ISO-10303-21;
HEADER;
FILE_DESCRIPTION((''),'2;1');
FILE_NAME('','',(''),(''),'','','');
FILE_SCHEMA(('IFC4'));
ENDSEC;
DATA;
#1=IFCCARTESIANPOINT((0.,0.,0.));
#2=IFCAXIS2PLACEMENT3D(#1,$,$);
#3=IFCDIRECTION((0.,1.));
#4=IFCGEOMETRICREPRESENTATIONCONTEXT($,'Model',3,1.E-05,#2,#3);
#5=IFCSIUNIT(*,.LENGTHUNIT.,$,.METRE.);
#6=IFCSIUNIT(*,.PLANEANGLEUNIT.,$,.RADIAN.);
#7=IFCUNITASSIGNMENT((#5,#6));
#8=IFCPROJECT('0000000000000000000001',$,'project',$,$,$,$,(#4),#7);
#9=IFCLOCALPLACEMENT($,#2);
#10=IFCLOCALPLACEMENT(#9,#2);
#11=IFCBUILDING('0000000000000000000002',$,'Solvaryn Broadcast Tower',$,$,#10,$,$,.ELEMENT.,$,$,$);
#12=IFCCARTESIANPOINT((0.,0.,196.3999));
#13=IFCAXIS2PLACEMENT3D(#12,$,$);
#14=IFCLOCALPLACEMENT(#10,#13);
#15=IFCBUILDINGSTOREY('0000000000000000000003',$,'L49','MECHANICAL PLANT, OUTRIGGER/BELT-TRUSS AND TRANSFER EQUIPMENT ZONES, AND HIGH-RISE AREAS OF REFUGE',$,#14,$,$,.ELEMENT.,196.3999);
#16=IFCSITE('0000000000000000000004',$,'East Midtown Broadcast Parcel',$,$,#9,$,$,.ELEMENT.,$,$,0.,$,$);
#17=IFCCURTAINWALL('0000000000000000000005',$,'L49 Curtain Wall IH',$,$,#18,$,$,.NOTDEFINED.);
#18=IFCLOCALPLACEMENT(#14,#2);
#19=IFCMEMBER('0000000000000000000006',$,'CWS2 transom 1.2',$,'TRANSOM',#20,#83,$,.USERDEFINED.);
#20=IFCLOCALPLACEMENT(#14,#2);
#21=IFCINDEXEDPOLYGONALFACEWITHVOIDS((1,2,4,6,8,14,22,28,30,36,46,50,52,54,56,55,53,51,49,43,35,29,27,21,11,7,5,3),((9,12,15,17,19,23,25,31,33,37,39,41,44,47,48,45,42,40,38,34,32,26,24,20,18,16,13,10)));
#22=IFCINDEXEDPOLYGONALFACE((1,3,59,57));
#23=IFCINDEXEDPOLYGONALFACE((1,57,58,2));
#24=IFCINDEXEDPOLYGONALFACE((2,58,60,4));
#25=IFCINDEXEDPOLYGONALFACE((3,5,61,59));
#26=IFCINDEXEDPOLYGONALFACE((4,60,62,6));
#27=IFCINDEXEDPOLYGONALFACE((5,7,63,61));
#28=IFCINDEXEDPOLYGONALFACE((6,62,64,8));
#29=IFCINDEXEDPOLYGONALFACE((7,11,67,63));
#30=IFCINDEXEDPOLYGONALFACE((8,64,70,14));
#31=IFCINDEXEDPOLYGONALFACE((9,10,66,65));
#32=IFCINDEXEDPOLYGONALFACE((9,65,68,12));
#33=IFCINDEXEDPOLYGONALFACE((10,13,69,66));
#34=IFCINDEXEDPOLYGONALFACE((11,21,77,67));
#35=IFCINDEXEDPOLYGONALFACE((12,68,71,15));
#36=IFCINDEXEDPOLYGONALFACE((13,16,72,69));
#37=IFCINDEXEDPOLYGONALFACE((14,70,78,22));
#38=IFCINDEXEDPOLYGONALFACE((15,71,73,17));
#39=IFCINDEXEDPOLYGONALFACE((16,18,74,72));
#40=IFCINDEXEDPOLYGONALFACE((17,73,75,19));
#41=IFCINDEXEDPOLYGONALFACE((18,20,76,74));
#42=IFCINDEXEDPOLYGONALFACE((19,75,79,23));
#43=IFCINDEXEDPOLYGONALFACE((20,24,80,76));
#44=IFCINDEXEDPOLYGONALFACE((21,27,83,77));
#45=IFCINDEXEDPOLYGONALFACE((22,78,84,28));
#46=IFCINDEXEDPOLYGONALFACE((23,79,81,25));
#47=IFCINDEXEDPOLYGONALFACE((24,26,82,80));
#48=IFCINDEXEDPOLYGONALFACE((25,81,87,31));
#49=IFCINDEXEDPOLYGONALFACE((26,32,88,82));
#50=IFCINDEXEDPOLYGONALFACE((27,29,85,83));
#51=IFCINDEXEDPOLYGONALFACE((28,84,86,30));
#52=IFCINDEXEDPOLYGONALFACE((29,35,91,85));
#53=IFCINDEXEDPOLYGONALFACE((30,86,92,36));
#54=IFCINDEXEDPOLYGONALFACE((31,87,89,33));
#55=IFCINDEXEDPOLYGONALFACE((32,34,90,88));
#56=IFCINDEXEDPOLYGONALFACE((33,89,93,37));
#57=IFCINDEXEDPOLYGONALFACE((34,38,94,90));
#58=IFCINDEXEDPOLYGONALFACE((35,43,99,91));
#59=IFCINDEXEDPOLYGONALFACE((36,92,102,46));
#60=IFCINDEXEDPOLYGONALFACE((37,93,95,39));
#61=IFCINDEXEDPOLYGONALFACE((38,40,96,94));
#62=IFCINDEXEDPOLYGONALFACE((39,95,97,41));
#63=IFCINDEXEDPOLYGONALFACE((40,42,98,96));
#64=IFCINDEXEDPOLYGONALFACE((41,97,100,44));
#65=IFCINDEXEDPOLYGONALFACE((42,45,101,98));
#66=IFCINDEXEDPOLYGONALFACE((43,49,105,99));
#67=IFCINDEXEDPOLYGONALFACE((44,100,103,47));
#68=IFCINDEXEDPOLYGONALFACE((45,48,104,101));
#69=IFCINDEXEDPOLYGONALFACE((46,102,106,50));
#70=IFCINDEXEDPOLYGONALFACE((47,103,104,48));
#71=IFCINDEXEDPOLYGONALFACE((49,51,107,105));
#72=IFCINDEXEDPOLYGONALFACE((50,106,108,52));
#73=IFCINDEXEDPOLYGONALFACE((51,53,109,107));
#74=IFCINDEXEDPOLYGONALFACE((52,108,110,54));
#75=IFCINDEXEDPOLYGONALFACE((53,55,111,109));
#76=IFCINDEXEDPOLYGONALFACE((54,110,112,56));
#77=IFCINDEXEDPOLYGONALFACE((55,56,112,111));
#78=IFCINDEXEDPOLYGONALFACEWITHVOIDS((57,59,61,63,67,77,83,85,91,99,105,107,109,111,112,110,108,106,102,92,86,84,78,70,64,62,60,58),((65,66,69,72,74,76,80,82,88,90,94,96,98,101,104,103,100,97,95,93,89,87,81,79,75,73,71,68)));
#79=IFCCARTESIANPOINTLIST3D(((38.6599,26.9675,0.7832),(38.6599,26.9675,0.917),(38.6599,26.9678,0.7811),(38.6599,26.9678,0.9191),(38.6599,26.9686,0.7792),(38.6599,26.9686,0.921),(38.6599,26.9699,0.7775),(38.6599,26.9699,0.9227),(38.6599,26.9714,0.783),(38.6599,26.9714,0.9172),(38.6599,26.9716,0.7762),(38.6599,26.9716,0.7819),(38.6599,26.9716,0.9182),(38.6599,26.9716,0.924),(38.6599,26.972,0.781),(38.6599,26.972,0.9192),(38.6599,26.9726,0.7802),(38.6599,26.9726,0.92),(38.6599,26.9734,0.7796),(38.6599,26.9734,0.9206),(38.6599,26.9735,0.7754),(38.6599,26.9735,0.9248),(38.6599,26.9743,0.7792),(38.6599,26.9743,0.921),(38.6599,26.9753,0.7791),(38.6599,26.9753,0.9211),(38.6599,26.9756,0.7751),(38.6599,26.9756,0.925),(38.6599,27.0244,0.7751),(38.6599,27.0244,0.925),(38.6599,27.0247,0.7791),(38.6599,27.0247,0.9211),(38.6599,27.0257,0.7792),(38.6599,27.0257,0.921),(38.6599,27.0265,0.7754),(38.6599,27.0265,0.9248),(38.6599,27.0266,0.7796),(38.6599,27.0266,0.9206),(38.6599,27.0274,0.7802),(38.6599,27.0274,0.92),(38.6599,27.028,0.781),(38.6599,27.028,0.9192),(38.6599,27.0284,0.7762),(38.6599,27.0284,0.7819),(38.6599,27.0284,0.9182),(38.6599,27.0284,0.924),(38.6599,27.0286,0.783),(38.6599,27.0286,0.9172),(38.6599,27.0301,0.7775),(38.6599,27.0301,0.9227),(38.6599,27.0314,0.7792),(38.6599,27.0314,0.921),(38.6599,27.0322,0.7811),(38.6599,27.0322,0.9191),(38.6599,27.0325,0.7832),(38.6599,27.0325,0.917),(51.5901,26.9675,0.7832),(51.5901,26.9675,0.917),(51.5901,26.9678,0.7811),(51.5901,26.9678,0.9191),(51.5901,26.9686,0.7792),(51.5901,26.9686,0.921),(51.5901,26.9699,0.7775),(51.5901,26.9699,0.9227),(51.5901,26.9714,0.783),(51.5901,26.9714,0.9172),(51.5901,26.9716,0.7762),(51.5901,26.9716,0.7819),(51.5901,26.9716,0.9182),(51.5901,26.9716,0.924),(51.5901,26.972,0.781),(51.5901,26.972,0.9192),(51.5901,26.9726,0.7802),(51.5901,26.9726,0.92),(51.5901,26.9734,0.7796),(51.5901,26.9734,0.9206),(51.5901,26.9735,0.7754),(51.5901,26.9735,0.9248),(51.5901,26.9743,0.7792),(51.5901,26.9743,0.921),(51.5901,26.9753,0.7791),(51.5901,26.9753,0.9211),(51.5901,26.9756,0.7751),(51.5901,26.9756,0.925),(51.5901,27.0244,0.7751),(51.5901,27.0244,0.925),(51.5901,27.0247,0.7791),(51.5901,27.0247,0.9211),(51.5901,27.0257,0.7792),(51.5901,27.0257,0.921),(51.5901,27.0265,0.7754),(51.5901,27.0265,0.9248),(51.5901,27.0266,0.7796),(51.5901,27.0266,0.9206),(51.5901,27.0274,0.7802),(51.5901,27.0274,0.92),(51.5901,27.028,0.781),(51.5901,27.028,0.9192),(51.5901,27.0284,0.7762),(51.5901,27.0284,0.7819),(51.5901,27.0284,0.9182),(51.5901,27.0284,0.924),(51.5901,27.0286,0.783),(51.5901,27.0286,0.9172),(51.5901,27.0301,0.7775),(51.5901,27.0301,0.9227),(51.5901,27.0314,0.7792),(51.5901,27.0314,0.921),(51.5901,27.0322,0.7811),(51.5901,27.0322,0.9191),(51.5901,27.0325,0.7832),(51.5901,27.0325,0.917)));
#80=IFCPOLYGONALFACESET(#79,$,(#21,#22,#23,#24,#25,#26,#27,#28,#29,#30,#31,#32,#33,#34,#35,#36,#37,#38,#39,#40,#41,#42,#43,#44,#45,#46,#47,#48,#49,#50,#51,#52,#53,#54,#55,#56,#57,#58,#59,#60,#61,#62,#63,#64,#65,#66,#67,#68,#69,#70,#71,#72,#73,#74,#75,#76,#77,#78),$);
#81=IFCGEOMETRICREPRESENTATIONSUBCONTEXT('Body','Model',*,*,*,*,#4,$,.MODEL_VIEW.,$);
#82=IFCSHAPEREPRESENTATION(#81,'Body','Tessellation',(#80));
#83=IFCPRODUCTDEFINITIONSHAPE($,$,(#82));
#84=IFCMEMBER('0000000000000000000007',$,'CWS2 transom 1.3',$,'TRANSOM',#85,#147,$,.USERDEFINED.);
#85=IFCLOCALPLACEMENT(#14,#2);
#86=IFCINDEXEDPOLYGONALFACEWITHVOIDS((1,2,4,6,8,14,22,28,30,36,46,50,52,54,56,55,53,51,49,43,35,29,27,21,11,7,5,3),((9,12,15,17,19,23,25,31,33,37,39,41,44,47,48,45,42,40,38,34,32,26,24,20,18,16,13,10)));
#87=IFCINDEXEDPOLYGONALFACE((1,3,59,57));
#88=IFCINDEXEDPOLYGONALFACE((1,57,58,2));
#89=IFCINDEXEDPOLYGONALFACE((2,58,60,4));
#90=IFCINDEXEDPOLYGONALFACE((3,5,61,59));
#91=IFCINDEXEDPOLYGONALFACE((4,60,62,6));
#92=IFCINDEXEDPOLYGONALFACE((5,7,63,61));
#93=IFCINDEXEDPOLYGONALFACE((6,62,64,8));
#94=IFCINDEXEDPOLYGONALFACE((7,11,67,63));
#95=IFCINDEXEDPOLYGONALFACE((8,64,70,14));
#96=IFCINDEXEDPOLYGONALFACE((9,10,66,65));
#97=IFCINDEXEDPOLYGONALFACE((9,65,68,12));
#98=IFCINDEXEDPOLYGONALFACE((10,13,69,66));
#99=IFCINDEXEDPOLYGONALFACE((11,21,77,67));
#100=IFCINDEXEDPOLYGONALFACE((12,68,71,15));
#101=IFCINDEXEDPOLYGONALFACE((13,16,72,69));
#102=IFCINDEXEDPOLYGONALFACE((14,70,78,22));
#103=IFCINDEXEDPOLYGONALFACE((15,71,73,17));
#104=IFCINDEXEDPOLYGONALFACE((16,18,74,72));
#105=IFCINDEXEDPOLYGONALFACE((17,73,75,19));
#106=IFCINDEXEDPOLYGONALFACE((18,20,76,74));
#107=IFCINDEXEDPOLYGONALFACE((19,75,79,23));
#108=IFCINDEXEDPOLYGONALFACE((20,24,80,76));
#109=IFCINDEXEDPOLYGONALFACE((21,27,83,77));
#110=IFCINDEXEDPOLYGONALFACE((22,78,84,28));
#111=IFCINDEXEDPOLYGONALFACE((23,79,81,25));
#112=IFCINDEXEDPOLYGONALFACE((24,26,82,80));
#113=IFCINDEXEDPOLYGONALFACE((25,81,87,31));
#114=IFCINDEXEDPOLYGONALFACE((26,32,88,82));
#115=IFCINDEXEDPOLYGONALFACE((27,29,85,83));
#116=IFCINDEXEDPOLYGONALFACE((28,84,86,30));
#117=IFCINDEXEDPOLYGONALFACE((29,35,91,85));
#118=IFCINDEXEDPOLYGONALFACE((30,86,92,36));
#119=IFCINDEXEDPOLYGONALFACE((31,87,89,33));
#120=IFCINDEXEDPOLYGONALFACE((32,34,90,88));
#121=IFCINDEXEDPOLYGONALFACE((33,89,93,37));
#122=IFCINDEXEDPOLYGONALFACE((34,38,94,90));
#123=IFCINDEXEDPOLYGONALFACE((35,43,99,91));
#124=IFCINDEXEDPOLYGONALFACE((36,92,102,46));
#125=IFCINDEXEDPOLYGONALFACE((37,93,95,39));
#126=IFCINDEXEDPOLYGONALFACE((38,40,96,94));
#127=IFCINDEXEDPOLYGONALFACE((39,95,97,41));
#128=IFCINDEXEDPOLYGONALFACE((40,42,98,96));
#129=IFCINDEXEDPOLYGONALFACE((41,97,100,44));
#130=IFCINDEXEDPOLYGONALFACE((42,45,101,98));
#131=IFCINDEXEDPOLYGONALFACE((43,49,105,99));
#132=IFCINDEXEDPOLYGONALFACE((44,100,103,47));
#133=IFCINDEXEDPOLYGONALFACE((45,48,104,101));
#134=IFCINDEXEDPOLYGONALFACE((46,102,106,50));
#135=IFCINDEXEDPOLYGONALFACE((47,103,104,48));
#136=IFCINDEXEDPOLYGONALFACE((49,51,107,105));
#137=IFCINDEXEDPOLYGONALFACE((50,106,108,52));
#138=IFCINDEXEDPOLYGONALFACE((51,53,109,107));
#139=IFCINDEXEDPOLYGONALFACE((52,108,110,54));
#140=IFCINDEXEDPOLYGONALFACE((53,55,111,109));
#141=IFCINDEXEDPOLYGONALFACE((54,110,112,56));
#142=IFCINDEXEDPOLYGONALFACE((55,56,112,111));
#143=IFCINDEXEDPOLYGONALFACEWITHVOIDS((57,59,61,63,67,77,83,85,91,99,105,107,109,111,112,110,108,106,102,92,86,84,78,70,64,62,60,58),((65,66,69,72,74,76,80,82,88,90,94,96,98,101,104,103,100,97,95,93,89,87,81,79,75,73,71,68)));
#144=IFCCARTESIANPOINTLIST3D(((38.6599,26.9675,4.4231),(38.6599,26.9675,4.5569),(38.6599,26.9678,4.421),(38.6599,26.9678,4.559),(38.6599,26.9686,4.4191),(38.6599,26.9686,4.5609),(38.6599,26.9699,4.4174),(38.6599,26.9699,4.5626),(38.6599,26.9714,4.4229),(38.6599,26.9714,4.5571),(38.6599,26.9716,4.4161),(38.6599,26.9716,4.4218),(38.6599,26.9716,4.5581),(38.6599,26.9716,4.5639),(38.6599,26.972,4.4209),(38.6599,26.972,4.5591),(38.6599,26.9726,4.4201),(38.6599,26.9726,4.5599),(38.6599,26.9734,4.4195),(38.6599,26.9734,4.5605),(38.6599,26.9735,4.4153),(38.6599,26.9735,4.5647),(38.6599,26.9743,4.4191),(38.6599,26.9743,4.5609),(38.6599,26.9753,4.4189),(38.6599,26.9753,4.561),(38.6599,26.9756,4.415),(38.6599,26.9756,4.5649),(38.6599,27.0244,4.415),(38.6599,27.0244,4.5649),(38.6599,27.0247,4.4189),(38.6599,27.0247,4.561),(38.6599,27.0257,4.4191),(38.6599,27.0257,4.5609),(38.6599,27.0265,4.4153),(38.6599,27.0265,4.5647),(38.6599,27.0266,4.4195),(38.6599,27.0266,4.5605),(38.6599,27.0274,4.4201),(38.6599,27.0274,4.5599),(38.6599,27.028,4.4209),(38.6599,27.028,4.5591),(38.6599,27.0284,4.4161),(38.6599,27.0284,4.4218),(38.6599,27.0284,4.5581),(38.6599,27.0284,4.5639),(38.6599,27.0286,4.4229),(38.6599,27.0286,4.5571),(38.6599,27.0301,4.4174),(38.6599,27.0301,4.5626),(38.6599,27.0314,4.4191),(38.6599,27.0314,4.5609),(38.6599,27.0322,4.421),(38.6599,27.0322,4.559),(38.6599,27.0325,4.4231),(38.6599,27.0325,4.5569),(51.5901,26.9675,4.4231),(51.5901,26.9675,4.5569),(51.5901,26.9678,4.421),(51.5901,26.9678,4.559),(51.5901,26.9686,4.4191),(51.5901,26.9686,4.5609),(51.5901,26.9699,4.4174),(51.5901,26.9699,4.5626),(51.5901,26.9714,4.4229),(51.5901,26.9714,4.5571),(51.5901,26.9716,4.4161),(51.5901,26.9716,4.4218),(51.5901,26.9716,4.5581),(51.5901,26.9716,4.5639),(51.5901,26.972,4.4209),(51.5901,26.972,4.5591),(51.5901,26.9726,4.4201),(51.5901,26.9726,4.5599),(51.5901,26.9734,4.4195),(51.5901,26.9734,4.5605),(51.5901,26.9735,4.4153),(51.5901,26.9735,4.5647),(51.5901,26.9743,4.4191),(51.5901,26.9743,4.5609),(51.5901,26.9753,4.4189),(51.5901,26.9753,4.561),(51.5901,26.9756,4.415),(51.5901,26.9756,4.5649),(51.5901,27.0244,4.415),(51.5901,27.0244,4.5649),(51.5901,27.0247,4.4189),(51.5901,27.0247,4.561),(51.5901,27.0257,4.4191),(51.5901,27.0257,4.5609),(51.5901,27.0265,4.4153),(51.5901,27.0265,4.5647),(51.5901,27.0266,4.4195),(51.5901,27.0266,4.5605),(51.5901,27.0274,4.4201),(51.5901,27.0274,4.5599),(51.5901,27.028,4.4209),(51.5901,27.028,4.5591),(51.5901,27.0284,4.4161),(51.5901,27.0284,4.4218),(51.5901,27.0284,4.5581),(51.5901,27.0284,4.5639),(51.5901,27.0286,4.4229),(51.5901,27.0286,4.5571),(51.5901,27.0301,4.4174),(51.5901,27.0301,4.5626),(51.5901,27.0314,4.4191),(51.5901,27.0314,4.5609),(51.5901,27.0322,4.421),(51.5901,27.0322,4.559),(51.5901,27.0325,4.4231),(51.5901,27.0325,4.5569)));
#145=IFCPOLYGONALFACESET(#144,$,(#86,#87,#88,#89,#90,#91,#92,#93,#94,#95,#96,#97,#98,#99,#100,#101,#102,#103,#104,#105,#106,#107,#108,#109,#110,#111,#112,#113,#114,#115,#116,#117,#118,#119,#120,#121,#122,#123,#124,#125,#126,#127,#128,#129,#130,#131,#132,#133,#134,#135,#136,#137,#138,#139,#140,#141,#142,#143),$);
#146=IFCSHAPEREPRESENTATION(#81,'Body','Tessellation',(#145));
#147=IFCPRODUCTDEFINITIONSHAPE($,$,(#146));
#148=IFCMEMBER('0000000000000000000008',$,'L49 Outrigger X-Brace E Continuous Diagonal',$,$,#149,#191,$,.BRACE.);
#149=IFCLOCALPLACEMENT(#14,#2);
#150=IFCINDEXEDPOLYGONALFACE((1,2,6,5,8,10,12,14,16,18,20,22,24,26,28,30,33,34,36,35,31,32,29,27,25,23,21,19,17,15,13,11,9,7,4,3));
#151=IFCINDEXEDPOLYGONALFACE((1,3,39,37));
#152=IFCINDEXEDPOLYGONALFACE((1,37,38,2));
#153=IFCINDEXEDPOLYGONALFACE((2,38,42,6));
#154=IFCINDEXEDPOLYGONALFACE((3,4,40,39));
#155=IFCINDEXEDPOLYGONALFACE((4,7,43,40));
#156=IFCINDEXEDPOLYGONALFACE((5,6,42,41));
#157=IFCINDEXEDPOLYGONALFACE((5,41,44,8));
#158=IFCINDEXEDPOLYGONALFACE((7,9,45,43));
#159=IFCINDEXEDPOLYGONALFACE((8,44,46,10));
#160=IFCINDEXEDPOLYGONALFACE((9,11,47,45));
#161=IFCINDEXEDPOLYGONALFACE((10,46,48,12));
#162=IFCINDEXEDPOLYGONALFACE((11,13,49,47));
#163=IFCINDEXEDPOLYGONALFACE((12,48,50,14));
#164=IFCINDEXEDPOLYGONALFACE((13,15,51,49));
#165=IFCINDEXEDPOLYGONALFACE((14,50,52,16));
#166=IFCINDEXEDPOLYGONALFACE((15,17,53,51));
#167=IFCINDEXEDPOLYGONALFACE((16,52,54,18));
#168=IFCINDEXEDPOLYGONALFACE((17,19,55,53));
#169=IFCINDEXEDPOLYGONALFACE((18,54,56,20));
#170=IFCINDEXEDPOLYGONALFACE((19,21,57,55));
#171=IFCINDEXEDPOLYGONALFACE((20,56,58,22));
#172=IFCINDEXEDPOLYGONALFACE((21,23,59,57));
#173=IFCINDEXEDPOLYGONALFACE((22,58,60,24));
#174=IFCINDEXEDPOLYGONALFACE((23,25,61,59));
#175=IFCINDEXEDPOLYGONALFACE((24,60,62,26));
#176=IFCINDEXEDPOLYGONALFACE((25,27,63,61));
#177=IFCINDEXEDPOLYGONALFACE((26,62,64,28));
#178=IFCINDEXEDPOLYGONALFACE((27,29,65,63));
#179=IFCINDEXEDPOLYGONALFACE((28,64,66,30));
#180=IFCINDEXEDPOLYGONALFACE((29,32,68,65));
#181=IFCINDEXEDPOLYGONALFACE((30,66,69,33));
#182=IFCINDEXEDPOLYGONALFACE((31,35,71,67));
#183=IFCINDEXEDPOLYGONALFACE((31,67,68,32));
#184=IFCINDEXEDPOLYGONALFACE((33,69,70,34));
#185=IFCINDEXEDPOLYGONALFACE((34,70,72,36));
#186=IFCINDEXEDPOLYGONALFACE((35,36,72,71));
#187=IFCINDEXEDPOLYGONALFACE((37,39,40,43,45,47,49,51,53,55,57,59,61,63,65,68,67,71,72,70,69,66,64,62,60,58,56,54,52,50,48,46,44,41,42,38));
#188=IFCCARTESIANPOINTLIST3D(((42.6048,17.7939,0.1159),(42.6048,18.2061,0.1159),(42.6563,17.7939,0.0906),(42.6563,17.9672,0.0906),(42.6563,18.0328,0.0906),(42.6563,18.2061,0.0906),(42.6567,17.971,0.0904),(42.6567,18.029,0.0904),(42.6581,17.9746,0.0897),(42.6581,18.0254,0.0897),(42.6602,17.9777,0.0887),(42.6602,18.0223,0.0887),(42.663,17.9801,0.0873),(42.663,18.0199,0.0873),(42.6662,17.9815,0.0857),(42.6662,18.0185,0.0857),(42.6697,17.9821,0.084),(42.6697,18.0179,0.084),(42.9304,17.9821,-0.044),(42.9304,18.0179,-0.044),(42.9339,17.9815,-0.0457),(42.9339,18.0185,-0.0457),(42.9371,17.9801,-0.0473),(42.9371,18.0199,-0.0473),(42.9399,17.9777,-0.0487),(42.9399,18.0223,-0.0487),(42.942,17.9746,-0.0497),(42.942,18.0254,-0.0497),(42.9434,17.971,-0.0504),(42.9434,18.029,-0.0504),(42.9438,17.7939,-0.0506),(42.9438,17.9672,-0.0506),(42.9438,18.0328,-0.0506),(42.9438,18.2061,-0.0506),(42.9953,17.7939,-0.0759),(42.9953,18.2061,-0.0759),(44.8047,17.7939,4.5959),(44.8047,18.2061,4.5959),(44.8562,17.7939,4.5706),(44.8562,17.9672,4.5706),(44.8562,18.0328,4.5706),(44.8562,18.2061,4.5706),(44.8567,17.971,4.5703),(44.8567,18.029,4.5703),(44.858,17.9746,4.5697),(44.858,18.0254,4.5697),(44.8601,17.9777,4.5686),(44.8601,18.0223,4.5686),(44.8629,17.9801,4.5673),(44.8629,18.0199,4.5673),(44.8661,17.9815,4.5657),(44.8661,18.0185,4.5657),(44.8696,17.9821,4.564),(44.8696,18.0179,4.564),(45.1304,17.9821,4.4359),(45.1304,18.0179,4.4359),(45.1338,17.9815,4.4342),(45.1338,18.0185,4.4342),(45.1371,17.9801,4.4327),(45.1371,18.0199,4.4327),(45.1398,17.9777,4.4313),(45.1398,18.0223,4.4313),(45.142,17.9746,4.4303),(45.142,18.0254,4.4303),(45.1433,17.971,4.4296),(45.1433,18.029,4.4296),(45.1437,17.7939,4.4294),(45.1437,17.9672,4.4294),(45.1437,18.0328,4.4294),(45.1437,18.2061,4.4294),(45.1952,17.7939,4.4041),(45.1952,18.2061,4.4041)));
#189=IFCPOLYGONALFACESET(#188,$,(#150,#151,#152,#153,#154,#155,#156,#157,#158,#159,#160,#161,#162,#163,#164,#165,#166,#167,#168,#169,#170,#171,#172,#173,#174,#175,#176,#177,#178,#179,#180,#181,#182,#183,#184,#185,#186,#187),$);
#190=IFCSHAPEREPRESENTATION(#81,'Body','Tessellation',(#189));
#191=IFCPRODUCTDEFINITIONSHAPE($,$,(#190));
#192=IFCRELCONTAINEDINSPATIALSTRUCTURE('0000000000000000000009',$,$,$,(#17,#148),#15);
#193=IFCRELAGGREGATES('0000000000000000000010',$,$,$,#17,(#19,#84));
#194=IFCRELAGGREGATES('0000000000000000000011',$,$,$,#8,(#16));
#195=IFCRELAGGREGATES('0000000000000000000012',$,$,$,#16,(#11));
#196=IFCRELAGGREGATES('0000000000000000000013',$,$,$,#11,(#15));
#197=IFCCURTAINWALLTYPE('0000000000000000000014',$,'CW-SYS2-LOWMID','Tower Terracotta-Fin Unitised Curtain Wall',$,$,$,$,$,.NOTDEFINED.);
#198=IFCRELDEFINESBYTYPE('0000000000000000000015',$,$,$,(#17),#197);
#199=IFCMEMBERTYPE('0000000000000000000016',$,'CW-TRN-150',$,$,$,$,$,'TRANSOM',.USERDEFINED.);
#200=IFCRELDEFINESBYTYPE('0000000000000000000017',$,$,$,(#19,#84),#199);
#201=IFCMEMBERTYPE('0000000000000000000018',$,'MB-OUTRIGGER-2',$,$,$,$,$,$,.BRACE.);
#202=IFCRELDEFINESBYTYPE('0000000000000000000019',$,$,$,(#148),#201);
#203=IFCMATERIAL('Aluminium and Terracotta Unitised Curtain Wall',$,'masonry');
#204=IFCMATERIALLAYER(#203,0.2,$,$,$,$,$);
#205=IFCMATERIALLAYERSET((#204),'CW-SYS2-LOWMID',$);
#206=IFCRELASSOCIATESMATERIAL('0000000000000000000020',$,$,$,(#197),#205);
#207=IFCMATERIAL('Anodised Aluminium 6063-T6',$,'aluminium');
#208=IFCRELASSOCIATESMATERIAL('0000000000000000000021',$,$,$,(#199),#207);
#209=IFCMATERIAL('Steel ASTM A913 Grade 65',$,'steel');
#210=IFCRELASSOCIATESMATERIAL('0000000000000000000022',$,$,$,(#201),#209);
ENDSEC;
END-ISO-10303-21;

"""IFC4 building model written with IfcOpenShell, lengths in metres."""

from ifc_helpers import new_model, si_unit, direction, frame, origin, origin_2d, place, context, subcontext, project, spatial, hollow_rectangle, i_section, extrude, material, layer, layer_set, material_profile, profile_set, type_object, element, aggregate, save


model = new_model("IFC4")

# Units and contexts
model_context = context("Model", 3, precision=1e-05, world=origin(), true_north=direction((0.0, 1.0)))
body_context = subcontext(model_context, "Body", "Model", "MODEL_VIEW")
ifc_project = project(units=[si_unit("LENGTHUNIT", "METRE"), si_unit("PLANEANGLEUNIT", "RADIAN")], contexts=[model_context])

# Site, building, storey
site_placement = place(None, origin())
site = spatial("IfcSite", under=ifc_project, at=site_placement, Name="East Midtown Broadcast Parcel", CompositionType="ELEMENT", RefElevation=0.0)
building_placement = place(site_placement, origin())
building = spatial("IfcBuilding", under=site, at=building_placement, Name="Solvaryn Broadcast Tower", CompositionType="ELEMENT")
storey_placement = place(building_placement, frame((0.0, 0.0, 196.3999)))
storey = spatial("IfcBuildingStorey", under=building, at=storey_placement, Name="L49", Description="MECHANICAL PLANT, OUTRIGGER/BELT-TRUSS AND TRANSFER EQUIPMENT ZONES, AND HIGH-RISE AREAS OF REFUGE", CompositionType="ELEMENT", Elevation=196.3999)

# Curtain wall
ifc_material_1 = material(Name="Aluminium and Terracotta Unitised Curtain Wall", Category="masonry")
ifc_layer_1 = layer(ifc_material_1, 0.2)
ifc_layer_set_1 = layer_set([ifc_layer_1], Name="CW-SYS2-LOWMID")
curtain_wall_type = type_object("IfcCurtainWallType", Name="CW-SYS2-LOWMID", Description="Tower Terracotta-Fin Unitised Curtain Wall", PredefinedType="NOTDEFINED", material=ifc_layer_set_1)
curtain_wall_1_placement = place(storey_placement, origin())
curtain_wall_1 = element("IfcCurtainWall", 1, at=curtain_wall_1_placement, inside=storey, type_object=curtain_wall_type, Name="L49 Curtain Wall IH", PredefinedType="NOTDEFINED")

# Members
ifc_material_2 = material(Name="Anodised Aluminium 6063-T6", Category="aluminium")
ifc_material_profile_1 = material_profile(ifc_material_2, hollow_rectangle(XDim=0.0649, YDim=0.1499, WallThickness=0.0039, InnerFilletRadius=0.0039, OuterFilletRadius=0.0081, at=origin_2d()))
ifc_profile_set_1 = profile_set([ifc_material_profile_1], Name="Anodised Aluminium 6063-T6")
member_type_1 = type_object("IfcMemberType", Name="CW-TRN-150", ElementType="TRANSOM", PredefinedType="USERDEFINED", material=ifc_profile_set_1)
member_1_placement = place(storey_placement, frame((38.6599, 27.0, 0.8501), z_axis=(1.0, 0.0, 0.0), x_axis=(0.0, 1.0, 0.0)))
member_1 = element("IfcMember", 2, at=member_1_placement, type_object=member_type_1, Name="CWS2 transom 1.2", ObjectType="TRANSOM", PredefinedType="USERDEFINED", context=body_context, shape_type="SweptSolid", body=[
    extrude(hollow_rectangle(XDim=0.0649, YDim=0.1499, WallThickness=0.0039, InnerFilletRadius=0.0039, OuterFilletRadius=0.0081, at=origin_2d()), origin(), (0.0, 0.0, 1.0), 12.9302),
])
member_2_placement = place(storey_placement, frame((38.6599, 27.0, 4.49), z_axis=(1.0, 0.0, 0.0), x_axis=(0.0, 1.0, 0.0)))
member_2 = element("IfcMember", 3, at=member_2_placement, type_object=member_type_1, Name="CWS2 transom 1.3", ObjectType="TRANSOM", PredefinedType="USERDEFINED", context=body_context, shape_type="SweptSolid", body=[
    extrude(hollow_rectangle(XDim=0.0649, YDim=0.1499, WallThickness=0.0039, InnerFilletRadius=0.0039, OuterFilletRadius=0.0081, at=origin_2d()), origin(), (0.0, 0.0, 1.0), 12.9302),
])
aggregate(curtain_wall_1, [member_1, member_2])

# Member
ifc_material_3 = material(Name="Steel ASTM A913 Grade 65", Category="steel")
ifc_material_profile_2 = material_profile(ifc_material_3, i_section(OverallWidth=0.4121, OverallDepth=0.4351, WebThickness=0.0359, FlangeThickness=0.0574, FilletRadius=0.0149, at=origin_2d()))
ifc_profile_set_2 = profile_set([ifc_material_profile_2], Name="Steel ASTM A913 Grade 65")
member_type_2 = type_object("IfcMemberType", Name="MB-OUTRIGGER-2", PredefinedType="BRACE", material=ifc_profile_set_2)
member_3_placement = place(storey_placement, frame((42.8, 18.0, 0.02), z_axis=(0.440784, 0.0, 0.897613), x_axis=(0.0, 1.0, 0.0)))
element("IfcMember", 4, at=member_3_placement, inside=storey, type_object=member_type_2, Name="L49 Outrigger X-Brace E Continuous Diagonal", PredefinedType="BRACE", context=body_context, shape_type="SweptSolid", body=[
    extrude(i_section(OverallWidth=0.4121, OverallDepth=0.4351, WebThickness=0.0359, FlangeThickness=0.0574, FilletRadius=0.0149, at=origin_2d()), origin(), (0.0, 0.0, 1.0), 4.991),
])

save(model, "model.ifc")
